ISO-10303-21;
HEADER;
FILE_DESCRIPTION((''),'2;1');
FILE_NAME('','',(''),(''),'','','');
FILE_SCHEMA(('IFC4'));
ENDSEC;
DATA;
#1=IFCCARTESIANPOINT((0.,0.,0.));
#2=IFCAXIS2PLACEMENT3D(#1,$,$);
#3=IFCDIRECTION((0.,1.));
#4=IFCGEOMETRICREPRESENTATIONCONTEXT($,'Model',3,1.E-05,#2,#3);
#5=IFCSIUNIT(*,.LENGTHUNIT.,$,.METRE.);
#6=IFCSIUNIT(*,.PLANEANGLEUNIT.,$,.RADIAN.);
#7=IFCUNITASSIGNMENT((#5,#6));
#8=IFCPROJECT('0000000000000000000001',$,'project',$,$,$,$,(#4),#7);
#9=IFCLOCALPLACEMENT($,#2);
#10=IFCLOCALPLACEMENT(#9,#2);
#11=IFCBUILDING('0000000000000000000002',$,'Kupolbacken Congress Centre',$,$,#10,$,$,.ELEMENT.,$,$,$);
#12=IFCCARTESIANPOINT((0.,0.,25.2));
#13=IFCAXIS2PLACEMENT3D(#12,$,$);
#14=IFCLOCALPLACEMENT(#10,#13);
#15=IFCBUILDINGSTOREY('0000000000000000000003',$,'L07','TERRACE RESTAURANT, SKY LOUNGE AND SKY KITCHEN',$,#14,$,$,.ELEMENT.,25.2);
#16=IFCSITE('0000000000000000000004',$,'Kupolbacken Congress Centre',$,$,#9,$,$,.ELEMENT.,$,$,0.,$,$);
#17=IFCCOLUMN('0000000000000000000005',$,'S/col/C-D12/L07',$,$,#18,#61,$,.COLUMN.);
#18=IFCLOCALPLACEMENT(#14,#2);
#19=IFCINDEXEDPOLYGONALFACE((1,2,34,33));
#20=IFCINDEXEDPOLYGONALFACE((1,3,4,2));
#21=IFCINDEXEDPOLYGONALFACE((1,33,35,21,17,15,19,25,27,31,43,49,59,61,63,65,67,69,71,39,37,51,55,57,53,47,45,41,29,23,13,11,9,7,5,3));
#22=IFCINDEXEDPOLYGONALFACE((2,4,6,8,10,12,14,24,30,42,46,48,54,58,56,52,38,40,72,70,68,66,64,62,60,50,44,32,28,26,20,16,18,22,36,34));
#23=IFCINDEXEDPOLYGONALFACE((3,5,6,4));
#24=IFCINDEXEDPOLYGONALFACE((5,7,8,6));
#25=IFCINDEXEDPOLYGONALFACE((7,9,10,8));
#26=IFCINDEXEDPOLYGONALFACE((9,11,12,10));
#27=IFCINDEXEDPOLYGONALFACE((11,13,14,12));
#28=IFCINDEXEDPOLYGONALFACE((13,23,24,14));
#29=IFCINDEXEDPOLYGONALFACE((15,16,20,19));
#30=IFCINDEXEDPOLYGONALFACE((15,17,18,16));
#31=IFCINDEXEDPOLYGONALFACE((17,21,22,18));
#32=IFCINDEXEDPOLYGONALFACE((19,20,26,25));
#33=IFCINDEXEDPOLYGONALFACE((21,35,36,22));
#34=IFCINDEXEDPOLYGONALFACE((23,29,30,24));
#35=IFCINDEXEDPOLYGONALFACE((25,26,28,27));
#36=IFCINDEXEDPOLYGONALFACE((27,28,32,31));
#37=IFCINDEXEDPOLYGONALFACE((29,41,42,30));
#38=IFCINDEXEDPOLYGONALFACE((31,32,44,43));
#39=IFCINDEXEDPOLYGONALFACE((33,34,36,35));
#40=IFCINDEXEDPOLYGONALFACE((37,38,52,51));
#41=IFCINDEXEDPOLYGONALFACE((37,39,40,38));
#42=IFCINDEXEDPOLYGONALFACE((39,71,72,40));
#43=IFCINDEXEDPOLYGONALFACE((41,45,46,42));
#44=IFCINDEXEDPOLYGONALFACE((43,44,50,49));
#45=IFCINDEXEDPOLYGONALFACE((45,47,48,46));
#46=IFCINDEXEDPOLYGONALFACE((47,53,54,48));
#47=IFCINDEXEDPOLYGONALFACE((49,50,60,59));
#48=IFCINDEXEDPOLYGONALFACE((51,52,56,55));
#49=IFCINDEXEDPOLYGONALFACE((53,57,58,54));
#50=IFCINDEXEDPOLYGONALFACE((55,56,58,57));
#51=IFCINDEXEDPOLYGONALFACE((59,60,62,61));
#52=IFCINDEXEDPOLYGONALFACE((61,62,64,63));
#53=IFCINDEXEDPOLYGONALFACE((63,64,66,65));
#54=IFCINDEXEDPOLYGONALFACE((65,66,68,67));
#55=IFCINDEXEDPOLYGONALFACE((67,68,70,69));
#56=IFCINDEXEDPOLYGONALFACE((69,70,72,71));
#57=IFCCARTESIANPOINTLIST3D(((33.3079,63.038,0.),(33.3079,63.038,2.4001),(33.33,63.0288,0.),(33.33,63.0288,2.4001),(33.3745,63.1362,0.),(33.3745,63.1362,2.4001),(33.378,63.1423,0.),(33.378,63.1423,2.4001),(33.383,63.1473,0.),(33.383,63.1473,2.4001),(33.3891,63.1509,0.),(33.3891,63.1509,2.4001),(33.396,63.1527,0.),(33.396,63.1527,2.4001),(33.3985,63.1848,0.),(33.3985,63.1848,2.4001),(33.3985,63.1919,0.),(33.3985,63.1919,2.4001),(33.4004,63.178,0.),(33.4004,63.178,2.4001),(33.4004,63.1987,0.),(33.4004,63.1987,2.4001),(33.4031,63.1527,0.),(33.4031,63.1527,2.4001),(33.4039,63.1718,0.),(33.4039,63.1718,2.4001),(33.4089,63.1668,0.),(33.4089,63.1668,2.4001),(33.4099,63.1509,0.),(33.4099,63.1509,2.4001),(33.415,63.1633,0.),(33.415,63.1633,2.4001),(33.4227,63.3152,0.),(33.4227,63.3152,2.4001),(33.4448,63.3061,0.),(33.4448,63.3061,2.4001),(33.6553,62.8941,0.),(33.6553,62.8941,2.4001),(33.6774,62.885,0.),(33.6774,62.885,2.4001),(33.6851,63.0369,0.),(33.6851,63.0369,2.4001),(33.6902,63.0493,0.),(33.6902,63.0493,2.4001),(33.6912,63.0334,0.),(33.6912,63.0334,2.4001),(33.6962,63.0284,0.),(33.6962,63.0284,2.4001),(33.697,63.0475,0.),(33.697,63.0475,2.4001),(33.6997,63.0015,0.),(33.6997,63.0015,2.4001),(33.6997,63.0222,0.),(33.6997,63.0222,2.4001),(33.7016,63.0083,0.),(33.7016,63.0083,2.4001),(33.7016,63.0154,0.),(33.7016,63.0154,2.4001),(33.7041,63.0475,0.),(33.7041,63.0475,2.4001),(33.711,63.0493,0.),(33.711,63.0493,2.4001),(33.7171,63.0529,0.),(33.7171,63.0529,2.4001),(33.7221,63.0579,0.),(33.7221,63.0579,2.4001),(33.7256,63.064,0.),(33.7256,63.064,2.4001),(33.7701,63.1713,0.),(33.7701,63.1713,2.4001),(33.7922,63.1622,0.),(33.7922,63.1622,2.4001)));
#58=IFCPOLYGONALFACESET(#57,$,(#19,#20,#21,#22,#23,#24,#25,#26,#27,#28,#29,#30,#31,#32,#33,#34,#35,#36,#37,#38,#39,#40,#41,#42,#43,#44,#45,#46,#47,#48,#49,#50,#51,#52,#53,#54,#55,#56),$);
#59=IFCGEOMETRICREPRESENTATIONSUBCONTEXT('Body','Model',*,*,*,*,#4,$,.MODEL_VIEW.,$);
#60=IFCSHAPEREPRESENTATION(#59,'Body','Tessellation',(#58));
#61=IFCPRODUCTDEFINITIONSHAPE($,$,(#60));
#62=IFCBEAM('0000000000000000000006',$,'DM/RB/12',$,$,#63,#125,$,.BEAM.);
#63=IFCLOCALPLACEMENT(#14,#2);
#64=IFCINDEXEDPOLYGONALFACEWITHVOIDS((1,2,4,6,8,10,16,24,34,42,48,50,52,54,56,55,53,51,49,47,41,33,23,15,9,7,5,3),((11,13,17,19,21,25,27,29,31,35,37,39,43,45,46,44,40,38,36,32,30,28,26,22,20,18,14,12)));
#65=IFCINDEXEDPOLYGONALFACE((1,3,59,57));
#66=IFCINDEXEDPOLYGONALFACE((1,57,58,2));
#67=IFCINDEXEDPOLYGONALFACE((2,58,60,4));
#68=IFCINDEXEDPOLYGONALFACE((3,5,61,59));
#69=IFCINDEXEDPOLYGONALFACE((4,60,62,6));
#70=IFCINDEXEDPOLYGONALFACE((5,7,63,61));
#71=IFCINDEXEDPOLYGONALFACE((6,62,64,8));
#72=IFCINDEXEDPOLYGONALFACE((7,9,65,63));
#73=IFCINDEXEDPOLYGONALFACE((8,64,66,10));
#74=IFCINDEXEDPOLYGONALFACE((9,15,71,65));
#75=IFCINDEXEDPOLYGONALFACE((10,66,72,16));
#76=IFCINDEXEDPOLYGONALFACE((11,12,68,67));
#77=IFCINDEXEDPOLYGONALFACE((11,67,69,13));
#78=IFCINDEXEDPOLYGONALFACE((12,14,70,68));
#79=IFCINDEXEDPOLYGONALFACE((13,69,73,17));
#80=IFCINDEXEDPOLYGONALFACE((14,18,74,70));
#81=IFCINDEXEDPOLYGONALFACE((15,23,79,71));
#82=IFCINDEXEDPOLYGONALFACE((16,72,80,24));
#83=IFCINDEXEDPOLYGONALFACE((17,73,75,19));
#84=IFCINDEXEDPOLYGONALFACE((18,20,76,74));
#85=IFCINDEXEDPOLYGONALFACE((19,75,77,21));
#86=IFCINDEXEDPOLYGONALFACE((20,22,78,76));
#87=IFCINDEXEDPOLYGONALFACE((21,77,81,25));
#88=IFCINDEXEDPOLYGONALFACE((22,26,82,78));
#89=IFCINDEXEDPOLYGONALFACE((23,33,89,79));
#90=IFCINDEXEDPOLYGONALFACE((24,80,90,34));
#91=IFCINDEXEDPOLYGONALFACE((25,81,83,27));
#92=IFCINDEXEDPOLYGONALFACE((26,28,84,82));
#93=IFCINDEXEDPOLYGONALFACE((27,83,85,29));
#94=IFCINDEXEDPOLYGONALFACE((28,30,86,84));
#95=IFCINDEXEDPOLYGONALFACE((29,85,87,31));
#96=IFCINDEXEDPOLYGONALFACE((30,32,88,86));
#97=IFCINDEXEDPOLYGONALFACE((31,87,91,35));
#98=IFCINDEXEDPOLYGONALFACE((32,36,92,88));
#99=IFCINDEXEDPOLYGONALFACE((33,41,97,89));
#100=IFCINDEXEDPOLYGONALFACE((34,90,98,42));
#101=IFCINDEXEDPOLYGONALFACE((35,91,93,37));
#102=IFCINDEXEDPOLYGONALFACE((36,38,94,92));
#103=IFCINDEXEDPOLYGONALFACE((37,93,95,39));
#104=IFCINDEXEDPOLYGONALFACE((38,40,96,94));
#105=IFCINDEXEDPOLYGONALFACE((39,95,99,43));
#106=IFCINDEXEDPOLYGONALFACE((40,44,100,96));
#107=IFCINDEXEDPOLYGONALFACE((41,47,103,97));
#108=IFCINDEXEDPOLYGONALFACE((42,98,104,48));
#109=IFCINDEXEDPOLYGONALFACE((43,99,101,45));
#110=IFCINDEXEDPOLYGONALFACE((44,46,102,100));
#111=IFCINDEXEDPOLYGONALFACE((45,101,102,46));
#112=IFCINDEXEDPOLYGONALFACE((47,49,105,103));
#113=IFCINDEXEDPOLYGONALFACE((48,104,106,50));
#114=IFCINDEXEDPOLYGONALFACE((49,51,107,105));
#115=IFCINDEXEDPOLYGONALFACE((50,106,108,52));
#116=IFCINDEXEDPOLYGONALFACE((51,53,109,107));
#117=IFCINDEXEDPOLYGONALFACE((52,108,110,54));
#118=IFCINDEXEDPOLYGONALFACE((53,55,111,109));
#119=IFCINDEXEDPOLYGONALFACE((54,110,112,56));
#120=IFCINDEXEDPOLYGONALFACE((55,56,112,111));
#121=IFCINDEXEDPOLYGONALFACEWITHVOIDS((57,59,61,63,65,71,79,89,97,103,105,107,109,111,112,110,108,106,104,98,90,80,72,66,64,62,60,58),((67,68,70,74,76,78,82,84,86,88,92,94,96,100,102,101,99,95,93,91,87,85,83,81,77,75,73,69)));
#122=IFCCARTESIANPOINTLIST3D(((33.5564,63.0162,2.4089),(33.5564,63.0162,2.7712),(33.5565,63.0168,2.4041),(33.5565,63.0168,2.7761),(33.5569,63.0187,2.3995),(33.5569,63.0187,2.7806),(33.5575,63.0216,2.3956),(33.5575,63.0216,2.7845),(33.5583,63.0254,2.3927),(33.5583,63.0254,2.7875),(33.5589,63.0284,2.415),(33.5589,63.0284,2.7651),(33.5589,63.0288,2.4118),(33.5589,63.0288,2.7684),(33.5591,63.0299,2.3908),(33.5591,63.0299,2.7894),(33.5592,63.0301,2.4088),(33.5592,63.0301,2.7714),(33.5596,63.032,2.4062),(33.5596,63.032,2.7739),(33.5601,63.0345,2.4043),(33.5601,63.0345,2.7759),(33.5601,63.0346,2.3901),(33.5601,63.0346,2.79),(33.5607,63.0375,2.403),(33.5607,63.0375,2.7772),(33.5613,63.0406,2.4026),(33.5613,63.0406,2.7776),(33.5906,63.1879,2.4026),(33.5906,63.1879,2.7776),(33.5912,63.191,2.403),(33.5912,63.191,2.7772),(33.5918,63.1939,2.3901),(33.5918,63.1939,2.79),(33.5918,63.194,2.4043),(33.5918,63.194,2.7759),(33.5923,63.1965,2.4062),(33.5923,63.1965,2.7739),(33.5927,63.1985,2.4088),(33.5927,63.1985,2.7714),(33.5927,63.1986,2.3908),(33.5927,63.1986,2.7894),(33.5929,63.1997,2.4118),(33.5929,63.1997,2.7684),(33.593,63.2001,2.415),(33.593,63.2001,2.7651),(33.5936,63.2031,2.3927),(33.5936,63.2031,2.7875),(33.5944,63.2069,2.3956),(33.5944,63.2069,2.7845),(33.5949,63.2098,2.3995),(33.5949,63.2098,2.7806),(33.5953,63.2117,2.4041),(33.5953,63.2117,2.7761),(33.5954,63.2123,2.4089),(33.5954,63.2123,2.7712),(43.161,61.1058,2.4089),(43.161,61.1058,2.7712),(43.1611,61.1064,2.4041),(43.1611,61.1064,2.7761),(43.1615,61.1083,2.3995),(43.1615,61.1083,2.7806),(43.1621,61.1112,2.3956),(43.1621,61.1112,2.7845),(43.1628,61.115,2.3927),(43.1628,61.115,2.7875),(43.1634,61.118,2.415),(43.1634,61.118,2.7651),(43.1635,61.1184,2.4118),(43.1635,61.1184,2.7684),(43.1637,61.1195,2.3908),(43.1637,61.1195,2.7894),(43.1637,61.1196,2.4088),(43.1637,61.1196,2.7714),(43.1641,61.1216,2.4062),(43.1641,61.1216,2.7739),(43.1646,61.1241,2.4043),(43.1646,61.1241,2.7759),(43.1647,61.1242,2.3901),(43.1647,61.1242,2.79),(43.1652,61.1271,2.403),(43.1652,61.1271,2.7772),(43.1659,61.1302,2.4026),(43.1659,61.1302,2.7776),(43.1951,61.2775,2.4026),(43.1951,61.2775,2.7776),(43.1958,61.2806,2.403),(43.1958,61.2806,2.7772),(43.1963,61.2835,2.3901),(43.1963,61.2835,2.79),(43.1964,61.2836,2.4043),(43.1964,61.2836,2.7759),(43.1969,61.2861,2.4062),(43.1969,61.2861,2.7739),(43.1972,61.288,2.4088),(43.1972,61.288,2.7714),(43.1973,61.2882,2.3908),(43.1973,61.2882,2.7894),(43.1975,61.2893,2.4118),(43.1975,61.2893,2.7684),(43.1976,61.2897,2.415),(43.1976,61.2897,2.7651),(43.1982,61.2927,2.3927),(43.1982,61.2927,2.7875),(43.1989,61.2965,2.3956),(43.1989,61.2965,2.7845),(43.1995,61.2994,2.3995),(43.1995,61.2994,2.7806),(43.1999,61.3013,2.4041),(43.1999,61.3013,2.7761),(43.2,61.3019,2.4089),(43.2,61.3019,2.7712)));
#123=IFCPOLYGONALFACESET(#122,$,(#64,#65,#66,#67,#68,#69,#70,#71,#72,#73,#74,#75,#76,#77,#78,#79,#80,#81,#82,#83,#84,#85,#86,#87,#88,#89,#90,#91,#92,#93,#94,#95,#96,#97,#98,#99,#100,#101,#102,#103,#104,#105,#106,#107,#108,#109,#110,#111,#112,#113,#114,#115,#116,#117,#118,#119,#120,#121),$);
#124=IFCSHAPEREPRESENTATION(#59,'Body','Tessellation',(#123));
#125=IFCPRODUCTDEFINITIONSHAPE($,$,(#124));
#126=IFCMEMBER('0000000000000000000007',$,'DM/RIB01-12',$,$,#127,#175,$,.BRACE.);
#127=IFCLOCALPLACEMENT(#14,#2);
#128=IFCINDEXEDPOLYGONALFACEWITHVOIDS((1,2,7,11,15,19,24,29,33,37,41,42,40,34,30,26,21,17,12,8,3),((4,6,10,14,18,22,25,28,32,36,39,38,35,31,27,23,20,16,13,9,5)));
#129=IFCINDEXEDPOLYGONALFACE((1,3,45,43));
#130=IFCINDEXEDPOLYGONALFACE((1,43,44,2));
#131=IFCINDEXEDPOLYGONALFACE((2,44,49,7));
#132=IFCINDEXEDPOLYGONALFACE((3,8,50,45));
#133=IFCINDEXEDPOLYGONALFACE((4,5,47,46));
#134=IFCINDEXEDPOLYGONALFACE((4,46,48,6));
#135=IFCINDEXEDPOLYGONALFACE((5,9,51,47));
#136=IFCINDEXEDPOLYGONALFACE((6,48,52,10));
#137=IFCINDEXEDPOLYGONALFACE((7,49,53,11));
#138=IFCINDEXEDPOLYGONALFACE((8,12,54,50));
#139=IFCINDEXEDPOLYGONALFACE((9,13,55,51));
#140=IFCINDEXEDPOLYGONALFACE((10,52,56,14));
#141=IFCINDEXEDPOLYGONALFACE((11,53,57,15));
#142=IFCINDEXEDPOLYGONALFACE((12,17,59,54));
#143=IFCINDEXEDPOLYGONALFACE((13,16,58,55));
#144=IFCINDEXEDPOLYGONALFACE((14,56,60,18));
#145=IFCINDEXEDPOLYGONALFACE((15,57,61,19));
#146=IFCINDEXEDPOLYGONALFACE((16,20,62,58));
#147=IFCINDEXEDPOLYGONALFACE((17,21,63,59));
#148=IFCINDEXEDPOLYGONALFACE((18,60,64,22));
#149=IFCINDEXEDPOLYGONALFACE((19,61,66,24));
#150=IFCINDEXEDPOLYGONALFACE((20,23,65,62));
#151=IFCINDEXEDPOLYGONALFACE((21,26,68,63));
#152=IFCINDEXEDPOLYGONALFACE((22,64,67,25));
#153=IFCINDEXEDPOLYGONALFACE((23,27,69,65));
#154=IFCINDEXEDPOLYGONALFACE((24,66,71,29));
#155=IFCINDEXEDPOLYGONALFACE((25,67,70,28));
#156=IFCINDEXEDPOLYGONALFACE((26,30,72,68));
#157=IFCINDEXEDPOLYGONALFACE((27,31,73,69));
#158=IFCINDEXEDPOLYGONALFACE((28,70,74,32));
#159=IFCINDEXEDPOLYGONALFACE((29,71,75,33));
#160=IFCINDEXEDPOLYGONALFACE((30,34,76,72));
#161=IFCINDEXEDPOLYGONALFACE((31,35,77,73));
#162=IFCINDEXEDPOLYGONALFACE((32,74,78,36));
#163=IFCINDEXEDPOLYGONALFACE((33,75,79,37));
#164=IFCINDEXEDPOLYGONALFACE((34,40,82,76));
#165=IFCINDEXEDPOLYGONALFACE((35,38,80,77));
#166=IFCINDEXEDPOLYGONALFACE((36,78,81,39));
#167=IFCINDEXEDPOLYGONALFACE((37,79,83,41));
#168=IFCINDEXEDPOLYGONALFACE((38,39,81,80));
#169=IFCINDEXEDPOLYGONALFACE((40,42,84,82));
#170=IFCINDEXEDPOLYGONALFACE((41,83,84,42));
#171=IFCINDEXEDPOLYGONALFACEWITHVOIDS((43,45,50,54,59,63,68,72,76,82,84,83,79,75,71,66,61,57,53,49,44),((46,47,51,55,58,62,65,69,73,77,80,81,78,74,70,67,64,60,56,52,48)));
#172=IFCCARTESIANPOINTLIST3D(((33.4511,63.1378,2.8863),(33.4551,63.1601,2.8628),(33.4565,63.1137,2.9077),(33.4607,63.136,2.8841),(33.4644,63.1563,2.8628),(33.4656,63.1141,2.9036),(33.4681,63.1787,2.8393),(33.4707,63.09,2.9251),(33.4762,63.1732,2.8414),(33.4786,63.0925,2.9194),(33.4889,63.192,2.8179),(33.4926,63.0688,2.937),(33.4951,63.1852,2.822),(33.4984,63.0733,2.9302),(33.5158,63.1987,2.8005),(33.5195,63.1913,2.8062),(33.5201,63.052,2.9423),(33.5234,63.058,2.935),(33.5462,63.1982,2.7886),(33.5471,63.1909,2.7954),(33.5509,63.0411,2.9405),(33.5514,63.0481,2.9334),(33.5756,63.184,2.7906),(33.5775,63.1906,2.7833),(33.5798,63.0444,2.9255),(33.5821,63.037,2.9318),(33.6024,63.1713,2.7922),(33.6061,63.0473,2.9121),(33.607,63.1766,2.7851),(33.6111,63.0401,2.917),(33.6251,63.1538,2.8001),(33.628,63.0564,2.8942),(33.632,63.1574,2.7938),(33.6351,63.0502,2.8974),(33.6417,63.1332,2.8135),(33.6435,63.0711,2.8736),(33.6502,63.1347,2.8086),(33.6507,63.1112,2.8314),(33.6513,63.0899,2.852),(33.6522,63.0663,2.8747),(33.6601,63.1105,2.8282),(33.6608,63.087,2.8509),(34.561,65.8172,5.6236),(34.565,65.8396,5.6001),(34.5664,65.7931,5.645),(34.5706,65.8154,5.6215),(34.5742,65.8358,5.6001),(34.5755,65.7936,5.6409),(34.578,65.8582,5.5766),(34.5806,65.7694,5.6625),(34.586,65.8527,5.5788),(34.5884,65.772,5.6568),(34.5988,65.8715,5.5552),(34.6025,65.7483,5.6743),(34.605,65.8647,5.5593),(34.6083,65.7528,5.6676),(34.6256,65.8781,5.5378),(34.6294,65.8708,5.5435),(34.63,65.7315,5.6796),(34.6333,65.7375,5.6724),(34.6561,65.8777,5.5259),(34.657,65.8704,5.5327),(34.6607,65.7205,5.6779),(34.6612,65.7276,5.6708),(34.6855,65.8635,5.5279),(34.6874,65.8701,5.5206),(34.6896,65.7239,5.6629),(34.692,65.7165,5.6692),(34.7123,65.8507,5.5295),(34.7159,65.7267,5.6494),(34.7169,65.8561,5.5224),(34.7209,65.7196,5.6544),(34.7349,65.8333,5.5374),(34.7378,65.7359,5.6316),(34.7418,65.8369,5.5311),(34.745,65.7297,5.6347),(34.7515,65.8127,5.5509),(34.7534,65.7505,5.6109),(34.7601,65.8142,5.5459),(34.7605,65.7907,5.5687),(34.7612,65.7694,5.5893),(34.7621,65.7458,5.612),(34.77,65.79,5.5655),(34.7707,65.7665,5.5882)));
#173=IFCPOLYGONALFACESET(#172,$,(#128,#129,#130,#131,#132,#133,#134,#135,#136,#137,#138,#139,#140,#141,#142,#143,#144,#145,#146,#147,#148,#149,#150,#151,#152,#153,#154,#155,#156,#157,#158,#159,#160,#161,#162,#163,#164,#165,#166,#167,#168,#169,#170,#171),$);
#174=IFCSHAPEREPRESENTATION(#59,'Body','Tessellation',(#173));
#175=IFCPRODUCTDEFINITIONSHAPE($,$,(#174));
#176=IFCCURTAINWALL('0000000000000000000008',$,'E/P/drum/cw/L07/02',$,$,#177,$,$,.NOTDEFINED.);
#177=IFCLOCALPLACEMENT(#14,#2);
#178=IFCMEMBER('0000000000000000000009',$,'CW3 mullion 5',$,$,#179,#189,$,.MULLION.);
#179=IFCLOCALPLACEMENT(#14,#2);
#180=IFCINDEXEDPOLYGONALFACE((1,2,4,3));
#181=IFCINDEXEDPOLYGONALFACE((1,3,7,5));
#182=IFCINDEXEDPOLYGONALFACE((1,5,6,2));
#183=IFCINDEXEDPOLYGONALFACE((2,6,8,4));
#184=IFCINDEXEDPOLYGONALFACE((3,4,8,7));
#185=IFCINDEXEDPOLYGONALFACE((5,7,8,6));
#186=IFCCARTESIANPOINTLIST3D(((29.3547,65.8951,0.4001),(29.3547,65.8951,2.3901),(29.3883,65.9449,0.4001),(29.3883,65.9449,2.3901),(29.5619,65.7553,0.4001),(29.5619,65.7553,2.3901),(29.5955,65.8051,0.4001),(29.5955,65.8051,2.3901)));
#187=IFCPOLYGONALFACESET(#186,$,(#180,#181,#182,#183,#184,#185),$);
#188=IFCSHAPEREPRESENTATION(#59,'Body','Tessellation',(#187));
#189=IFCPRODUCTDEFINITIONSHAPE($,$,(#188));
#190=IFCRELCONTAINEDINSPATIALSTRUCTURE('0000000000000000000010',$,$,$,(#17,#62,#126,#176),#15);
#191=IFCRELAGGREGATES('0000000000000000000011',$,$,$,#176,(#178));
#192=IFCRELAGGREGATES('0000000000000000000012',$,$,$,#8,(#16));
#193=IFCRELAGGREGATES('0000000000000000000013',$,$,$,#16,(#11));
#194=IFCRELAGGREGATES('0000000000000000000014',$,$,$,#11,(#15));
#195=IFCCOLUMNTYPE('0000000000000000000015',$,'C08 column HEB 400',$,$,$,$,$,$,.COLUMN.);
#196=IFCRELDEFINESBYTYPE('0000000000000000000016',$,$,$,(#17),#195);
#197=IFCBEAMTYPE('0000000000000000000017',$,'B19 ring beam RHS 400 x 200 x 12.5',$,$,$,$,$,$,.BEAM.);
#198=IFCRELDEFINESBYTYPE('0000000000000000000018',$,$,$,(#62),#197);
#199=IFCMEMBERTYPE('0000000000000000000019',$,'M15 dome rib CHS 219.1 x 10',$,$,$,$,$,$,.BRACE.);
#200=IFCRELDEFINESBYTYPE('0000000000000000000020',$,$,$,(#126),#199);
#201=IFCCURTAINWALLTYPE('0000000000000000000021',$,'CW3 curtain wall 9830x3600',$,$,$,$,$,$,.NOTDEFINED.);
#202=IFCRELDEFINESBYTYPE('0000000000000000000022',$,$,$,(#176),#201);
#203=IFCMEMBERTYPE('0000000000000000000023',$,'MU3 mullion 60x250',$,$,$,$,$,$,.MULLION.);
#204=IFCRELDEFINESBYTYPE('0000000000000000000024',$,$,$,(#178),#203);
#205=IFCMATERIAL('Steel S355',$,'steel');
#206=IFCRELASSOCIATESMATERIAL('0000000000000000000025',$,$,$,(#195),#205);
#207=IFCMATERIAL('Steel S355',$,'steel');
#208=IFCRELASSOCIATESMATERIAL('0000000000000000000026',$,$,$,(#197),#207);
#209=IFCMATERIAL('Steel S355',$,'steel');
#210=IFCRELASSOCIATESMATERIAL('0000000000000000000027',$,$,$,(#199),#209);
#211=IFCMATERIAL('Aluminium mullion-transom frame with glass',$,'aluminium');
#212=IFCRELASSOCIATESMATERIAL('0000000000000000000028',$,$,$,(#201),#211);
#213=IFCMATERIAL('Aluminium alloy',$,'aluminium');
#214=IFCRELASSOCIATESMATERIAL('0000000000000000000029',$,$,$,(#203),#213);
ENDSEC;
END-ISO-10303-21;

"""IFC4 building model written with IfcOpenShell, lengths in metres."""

from ifc_helpers import new_model, si_unit, direction, frame, origin, origin_2d, place, context, subcontext, project, spatial, rectangle, hollow_rectangle, hollow_circle, i_section, extrude, material, material_profile, profile_set, type_object, element, aggregate, save


model = new_model("IFC4")

# Units and contexts
model_context = context("Model", 3, precision=1e-05, world=origin(), true_north=direction((0.0, 1.0)))
body_context = subcontext(model_context, "Body", "Model", "MODEL_VIEW")
ifc_project = project(units=[si_unit("LENGTHUNIT", "METRE"), si_unit("PLANEANGLEUNIT", "RADIAN")], contexts=[model_context])

# Site, building, storey
site_placement = place(None, origin())
site = spatial("IfcSite", under=ifc_project, at=site_placement, Name="Kupolbacken Congress Centre", CompositionType="ELEMENT", RefElevation=0.0)
building_placement = place(site_placement, origin())
building = spatial("IfcBuilding", under=site, at=building_placement, Name="Kupolbacken Congress Centre", CompositionType="ELEMENT")
storey_placement = place(building_placement, frame((0.0, 0.0, 25.2)))
storey = spatial("IfcBuildingStorey", under=building, at=storey_placement, Name="L07", Description="TERRACE RESTAURANT, SKY LOUNGE AND SKY KITCHEN", CompositionType="ELEMENT", Elevation=25.2)

# Column
ifc_material_1 = material(Name="Steel S355", Category="steel")
ifc_material_profile_1 = material_profile(ifc_material_1, i_section(OverallWidth=0.3, OverallDepth=0.3999, WebThickness=0.0134, FlangeThickness=0.0239, FilletRadius=0.0271, at=origin_2d()), Name="HEB 400")
ifc_profile_set_1 = profile_set([ifc_material_profile_1], Name="Steel S355")
column_type = type_object("IfcColumnType", Name="C08 column HEB 400", PredefinedType="COLUMN", material=ifc_profile_set_1)
column_placement = place(storey_placement, frame((33.55, 63.1001, 0.0), z_axis=(0.0, 0.0, 1.0), x_axis=(-0.382644, -0.923896, 0.0)))
element("IfcColumn", 1, at=column_placement, inside=storey, type_object=column_type, Name="S/col/C-D12/L07", PredefinedType="COLUMN", context=body_context, shape_type="SweptSolid", body=[
    extrude(i_section(OverallWidth=0.3, OverallDepth=0.3999, WebThickness=0.0134, FlangeThickness=0.0239, FilletRadius=0.0271, at=origin_2d()), origin(), (0.0, 0.0, 1.0), 2.4001),
])

# Beam
ifc_material_2 = material(Name="Steel S355", Category="steel")
ifc_material_profile_2 = material_profile(ifc_material_2, hollow_rectangle(XDim=0.2, YDim=0.3999, WallThickness=0.0125, InnerFilletRadius=0.0125, OuterFilletRadius=0.0188, at=origin_2d()), Name="RHS 400 x 200 x 12.5")
ifc_profile_set_2 = profile_set([ifc_material_profile_2], Name="Steel S355")
beam_type = type_object("IfcBeamType", Name="B19 ring beam RHS 400 x 200 x 12.5", PredefinedType="BEAM", material=ifc_profile_set_2)
beam_placement = place(storey_placement, frame((33.5759, 63.1143, 2.5901), z_axis=(0.980786, -0.195085, 0.0), x_axis=(0.195085, 0.980786, 0.0)))
element("IfcBeam", 2, at=beam_placement, inside=storey, type_object=beam_type, Name="DM/RB/12", PredefinedType="BEAM", context=body_context, shape_type="SweptSolid", body=[
    extrude(hollow_rectangle(XDim=0.2, YDim=0.3999, WallThickness=0.0125, InnerFilletRadius=0.0125, OuterFilletRadius=0.0188, at=origin_2d()), origin(), (0.0, 0.0, 1.0), 9.7927),
])

# Member
ifc_material_3 = material(Name="Steel S355", Category="steel")
ifc_material_profile_3 = material_profile(ifc_material_3, hollow_circle(Radius=0.1096, WallThickness=0.01, at=origin_2d()), Name="CHS 219.1 x 10")
ifc_profile_set_3 = profile_set([ifc_material_profile_3], Name="Steel S355")
member_type_1 = type_object("IfcMemberType", Name="M15 dome rib CHS 219.1 x 10", PredefinedType="BRACE", material=ifc_profile_set_3)
member_1_placement = place(storey_placement, frame((33.5564, 63.1182, 2.8628), z_axis=(0.278302, 0.671878, 0.686387), x_axis=(-0.923879, 0.382684, 0.0)))
element("IfcMember", 3, at=member_1_placement, inside=storey, type_object=member_type_1, Name="DM/RIB01-12", PredefinedType="BRACE", context=body_context, shape_type="SweptSolid", body=[
    extrude(hollow_circle(Radius=0.1096, WallThickness=0.01, at=origin_2d()), origin(), (0.0, 0.0, 1.0), 3.988),
])

# Curtain wall, member
ifc_material_4 = material(Name="Aluminium mullion-transom frame with glass", Category="aluminium")
curtain_wall_type = type_object("IfcCurtainWallType", Name="CW3 curtain wall 9830x3600", PredefinedType="NOTDEFINED", material=ifc_material_4)
curtain_wall_1_placement = place(storey_placement, origin())
curtain_wall_1 = element("IfcCurtainWall", 4, at=curtain_wall_1_placement, inside=storey, type_object=curtain_wall_type, Name="E/P/drum/cw/L07/02", PredefinedType="NOTDEFINED")
ifc_material_5 = material(Name="Aluminium alloy", Category="aluminium")
ifc_material_profile_4 = material_profile(ifc_material_5, rectangle(XDim=0.0601, YDim=0.25, at=origin_2d()), Name="60 x 250")
ifc_profile_set_4 = profile_set([ifc_material_profile_4], Name="Aluminium alloy")
member_type_2 = type_object("IfcMemberType", Name="MU3 mullion 60x250", PredefinedType="MULLION", material=ifc_profile_set_4)
member_2_placement = place(storey_placement, frame((29.4751, 65.8501, 0.4001), z_axis=(0.0, 0.0, 1.0), x_axis=(0.559386, 0.828908, 0.0)))
member_2 = element("IfcMember", 5, at=member_2_placement, type_object=member_type_2, Name="CW3 mullion 5", PredefinedType="MULLION", context=body_context, shape_type="SweptSolid", body=[
    extrude(rectangle(XDim=0.0601, YDim=0.25, at=origin_2d()), origin(), (0.0, 0.0, 1.0), 1.99),
])

aggregate(curtain_wall_1, [member_2])

save(model, "model.ifc")
